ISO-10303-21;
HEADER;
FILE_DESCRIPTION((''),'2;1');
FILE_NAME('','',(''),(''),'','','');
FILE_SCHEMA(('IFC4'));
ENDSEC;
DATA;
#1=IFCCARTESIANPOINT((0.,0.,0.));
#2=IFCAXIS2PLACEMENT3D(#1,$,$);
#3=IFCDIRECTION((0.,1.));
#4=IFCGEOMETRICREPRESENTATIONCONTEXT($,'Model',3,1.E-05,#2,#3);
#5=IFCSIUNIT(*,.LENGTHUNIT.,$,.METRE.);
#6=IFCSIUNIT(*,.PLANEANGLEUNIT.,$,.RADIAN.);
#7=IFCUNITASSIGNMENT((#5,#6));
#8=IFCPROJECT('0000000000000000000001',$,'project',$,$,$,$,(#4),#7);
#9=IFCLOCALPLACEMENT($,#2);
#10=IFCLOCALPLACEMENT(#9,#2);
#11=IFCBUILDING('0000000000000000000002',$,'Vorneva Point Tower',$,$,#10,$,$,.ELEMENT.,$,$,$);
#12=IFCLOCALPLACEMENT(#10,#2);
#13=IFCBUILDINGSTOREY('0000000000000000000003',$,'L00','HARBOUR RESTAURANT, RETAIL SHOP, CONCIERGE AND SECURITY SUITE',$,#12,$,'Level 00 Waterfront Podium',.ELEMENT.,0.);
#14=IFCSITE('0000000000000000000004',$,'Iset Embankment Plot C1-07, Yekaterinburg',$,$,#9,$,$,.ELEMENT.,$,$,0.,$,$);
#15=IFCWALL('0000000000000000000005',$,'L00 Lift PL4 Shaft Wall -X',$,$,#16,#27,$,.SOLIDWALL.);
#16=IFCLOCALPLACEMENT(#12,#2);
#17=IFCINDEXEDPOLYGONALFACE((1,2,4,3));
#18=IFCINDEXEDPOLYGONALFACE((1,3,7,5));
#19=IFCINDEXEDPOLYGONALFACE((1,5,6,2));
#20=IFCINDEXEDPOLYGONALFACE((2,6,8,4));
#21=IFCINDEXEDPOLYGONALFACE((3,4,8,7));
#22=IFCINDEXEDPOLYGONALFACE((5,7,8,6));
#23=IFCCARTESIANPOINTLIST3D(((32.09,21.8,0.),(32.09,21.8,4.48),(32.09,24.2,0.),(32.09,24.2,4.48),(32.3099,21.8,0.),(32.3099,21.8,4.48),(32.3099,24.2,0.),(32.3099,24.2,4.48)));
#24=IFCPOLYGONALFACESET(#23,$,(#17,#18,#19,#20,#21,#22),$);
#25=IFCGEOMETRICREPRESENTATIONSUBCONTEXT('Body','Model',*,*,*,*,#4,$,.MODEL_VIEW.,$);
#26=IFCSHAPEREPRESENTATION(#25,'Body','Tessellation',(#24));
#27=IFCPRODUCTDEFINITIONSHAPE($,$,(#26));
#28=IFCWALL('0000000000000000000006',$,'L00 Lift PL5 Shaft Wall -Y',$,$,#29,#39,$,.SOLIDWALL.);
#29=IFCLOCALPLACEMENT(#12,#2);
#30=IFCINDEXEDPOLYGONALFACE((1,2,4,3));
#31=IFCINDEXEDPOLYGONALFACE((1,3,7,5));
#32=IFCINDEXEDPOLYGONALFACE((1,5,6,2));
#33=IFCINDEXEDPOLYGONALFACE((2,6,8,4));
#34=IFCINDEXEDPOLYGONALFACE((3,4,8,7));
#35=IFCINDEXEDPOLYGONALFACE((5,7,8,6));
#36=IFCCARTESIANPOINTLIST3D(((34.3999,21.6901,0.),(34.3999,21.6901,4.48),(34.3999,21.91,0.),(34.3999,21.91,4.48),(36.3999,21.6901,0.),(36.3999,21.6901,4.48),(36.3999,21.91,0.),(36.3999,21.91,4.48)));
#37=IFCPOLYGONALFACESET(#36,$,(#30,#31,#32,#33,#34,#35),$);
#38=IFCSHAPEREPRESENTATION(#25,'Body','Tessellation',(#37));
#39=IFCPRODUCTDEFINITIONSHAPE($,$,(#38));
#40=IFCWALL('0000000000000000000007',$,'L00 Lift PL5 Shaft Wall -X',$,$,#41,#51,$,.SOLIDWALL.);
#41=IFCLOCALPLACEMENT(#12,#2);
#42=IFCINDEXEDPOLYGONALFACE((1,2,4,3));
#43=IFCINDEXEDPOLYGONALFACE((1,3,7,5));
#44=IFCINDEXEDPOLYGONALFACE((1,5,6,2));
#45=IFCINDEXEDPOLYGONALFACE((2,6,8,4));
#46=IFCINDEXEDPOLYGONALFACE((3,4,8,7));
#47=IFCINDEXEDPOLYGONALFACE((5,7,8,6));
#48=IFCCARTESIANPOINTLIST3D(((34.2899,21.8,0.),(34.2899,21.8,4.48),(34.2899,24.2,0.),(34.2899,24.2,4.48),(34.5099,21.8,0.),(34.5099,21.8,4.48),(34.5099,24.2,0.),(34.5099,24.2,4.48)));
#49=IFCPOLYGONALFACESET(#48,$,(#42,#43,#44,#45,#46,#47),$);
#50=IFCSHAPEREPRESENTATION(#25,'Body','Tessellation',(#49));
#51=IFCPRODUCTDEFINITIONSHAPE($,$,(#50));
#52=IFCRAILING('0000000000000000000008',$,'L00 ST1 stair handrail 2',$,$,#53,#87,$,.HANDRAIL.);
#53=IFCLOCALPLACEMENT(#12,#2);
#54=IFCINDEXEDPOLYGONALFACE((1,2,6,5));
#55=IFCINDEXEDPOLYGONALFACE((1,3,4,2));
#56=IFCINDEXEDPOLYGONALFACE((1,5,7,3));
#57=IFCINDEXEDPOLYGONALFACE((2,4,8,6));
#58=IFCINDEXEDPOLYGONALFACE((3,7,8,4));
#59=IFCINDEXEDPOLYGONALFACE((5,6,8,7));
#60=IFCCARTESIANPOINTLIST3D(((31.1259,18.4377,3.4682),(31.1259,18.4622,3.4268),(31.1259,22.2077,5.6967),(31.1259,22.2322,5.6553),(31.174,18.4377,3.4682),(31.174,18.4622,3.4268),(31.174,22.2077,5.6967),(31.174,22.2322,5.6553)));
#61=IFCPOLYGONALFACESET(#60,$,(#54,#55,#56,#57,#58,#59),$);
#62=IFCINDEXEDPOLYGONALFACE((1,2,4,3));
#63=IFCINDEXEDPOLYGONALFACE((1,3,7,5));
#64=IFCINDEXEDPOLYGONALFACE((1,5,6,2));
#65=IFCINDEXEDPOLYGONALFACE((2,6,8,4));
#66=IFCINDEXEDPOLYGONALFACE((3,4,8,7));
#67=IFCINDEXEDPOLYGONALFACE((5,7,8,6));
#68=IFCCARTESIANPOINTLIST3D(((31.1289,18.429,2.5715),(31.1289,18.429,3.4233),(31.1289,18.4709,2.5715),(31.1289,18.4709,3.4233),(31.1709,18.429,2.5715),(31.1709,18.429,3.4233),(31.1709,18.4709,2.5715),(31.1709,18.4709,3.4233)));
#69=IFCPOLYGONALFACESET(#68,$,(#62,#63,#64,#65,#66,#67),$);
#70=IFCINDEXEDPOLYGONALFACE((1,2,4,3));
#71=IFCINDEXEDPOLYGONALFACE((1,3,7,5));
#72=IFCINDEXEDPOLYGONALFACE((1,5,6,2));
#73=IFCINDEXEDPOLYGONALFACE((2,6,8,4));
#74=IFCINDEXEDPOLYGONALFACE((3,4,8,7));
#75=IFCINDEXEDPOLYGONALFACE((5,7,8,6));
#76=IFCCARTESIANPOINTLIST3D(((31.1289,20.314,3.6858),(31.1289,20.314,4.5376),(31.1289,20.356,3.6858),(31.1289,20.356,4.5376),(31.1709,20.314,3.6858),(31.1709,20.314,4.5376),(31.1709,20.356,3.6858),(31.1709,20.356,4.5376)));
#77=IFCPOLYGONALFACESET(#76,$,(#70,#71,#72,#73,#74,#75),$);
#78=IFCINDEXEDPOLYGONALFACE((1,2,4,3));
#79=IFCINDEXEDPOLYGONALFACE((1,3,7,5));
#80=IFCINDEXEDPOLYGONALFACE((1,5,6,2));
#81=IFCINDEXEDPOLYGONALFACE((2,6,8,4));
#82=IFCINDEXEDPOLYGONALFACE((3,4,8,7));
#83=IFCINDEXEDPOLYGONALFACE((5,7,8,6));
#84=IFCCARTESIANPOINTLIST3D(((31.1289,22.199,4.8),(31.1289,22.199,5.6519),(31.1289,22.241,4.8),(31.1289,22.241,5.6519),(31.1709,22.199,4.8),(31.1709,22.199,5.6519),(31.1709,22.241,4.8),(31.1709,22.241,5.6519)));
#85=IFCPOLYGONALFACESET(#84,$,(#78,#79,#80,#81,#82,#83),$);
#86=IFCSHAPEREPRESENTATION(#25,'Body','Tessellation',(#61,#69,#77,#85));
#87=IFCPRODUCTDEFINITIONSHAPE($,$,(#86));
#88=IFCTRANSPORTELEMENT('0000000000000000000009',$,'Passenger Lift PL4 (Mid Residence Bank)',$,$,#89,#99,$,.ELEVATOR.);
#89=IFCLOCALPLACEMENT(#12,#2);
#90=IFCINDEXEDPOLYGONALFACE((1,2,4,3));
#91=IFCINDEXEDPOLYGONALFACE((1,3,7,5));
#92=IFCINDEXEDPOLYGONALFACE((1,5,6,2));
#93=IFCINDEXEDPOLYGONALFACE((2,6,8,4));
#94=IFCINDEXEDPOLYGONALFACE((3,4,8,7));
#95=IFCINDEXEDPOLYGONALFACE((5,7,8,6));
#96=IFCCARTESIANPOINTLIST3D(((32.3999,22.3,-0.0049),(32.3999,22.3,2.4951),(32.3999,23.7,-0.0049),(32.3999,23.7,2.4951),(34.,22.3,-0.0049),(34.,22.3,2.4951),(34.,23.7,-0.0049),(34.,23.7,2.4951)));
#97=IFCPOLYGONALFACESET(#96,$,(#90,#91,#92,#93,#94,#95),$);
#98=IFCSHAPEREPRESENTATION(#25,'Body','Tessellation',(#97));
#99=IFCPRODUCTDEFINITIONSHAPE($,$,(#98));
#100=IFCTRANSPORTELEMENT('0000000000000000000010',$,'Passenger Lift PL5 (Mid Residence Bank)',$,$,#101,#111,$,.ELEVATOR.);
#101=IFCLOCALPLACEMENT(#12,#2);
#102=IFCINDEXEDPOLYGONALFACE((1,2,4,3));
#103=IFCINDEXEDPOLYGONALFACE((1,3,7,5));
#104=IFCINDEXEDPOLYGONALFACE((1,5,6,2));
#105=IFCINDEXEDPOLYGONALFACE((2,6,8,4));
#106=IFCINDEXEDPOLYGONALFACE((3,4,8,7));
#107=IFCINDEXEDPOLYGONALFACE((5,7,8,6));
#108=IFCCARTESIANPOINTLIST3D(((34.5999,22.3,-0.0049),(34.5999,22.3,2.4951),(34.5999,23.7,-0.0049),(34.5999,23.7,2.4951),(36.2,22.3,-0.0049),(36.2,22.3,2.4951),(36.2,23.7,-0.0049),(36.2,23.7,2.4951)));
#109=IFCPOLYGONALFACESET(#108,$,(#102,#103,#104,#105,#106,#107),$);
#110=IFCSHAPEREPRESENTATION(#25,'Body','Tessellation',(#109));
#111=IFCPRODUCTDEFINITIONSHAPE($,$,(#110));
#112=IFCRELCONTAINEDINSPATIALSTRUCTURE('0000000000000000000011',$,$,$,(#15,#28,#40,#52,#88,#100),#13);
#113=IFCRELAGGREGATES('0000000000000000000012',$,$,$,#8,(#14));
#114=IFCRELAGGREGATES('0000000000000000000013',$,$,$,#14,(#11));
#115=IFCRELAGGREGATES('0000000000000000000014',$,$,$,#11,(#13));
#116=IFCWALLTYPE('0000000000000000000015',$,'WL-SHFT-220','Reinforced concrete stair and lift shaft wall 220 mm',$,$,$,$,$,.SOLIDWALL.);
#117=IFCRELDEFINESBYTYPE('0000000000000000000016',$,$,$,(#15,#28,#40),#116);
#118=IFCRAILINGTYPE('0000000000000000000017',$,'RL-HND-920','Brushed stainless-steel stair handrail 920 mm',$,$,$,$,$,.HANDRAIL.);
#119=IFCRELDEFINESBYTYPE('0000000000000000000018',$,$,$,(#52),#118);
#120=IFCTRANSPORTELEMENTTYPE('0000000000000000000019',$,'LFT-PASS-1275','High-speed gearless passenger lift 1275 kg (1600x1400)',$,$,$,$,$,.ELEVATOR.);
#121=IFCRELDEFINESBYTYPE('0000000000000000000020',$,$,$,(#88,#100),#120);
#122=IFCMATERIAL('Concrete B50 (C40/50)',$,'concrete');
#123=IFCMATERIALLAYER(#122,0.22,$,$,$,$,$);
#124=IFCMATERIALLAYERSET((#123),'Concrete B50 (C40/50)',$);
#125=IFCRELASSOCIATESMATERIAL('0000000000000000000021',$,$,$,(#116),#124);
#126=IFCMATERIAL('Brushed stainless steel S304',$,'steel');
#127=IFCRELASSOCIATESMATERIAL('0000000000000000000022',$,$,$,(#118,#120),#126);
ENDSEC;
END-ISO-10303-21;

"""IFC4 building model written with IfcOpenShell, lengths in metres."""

from ifc_helpers import new_model, si_unit, direction, frame, frame_2d, origin, origin_2d, place, context, subcontext, project, spatial, rectangle, extrude, material, layer, layer_set, type_object, element, save


model = new_model("IFC4")

# Units and contexts
model_context = context("Model", 3, precision=1e-05, world=origin(), true_north=direction((0.0, 1.0)))
body_context = subcontext(model_context, "Body", "Model", "MODEL_VIEW")
ifc_project = project(units=[si_unit("LENGTHUNIT", "METRE"), si_unit("PLANEANGLEUNIT", "RADIAN")], contexts=[model_context])

# Site, building, storey
site_placement = place(None, origin())
site = spatial("IfcSite", under=ifc_project, at=site_placement, Name="Iset Embankment Plot C1-07, Yekaterinburg", CompositionType="ELEMENT", RefElevation=0.0)
building_placement = place(site_placement, origin())
building = spatial("IfcBuilding", under=site, at=building_placement, Name="Vorneva Point Tower", CompositionType="ELEMENT")
storey_placement = place(building_placement, origin())
storey = spatial("IfcBuildingStorey", under=building, at=storey_placement, Name="L00", Description="HARBOUR RESTAURANT, RETAIL SHOP, CONCIERGE AND SECURITY SUITE", LongName="Level 00 Waterfront Podium", CompositionType="ELEMENT", Elevation=0.0)

# Shared definitions
ifc_material_1 = material(Name="Concrete B50 (C40/50)", Category="concrete")
ifc_layer_1 = layer(ifc_material_1, 0.22)
ifc_layer_set_1 = layer_set([ifc_layer_1], Name="Concrete B50 (C40/50)")
wall_type_1 = type_object("IfcWallType", Name="WL-SHFT-220", Description="Reinforced concrete stair and lift shaft wall 220 mm", PredefinedType="SOLIDWALL", material=ifc_layer_set_1)

# Shared definitions
ifc_material_2 = material(Name="Brushed stainless steel S304", Category="steel")

# Walls
wall_1_placement = place(storey_placement, frame((32.2, 24.2, 0.0), z_axis=(0.0, 0.0, 1.0), x_axis=(0.0, -1.0, 0.0)))
element("IfcWall", 1, at=wall_1_placement, inside=storey, type_object=wall_type_1, Name="L00 Lift PL4 Shaft Wall -X", PredefinedType="SOLIDWALL", context=body_context, shape_type="SweptSolid", body=[
    extrude(rectangle(XDim=2.3999, YDim=0.22, at=frame_2d((1.2, 0.0))), origin(), (0.0, 0.0, 1.0), 4.48),
])
wall_2_placement = place(storey_placement, frame((34.3999, 21.8, 0.0), z_axis=(0.0, 0.0, 1.0), x_axis=(1.0, 0.0, 0.0)))
element("IfcWall", 2, at=wall_2_placement, inside=storey, type_object=wall_type_1, Name="L00 Lift PL5 Shaft Wall -Y", PredefinedType="SOLIDWALL", context=body_context, shape_type="SweptSolid", body=[
    extrude(rectangle(XDim=2.0, YDim=0.22, at=frame_2d((1.0, 0.0))), origin(), (0.0, 0.0, 1.0), 4.48),
])
wall_3_placement = place(storey_placement, frame((34.3999, 24.2, 0.0), z_axis=(0.0, 0.0, 1.0), x_axis=(0.0, -1.0, 0.0)))
element("IfcWall", 3, at=wall_3_placement, inside=storey, type_object=wall_type_1, Name="L00 Lift PL5 Shaft Wall -X", PredefinedType="SOLIDWALL", context=body_context, shape_type="SweptSolid", body=[
    extrude(rectangle(XDim=2.3999, YDim=0.22, at=frame_2d((1.2, 0.0))), origin(), (0.0, 0.0, 1.0), 4.48),
])

# Railing
railing_type = type_object("IfcRailingType", Name="RL-HND-920", Description="Brushed stainless-steel stair handrail 920 mm", PredefinedType="HANDRAIL", material=ifc_material_2)
railing_placement = place(storey_placement, frame((31.1499, 18.45, 2.5715)))
element("IfcRailing", 4, at=railing_placement, inside=storey, type_object=railing_type, Name="L00 ST1 stair handrail 2", PredefinedType="HANDRAIL", context=body_context, shape_type="SweptSolid", body=[
    extrude(rectangle(XDim=0.0481, YDim=0.0481, at=origin_2d()), frame((0.0, 0.0, 0.876), z_axis=(0.0, 0.860849, 0.508861), x_axis=(-1.0, 0.0, 0.0)), (0.0, 0.0, 1.0), 4.3794),
    extrude(rectangle(XDim=0.042, YDim=0.042, at=origin_2d()), origin(), (0.0, 0.0, 1.0), 0.8518),
    extrude(rectangle(XDim=0.042, YDim=0.042, at=origin_2d()), frame((0.0, 1.885, 1.1143)), (0.0, 0.0, 1.0), 0.8518),
    extrude(rectangle(XDim=0.042, YDim=0.042, at=origin_2d()), frame((0.0, 3.77, 2.2285)), (0.0, 0.0, 1.0), 0.8518),
])

# Transport elements
transport_element_type = type_object("IfcTransportElementType", Name="LFT-PASS-1275", Description="High-speed gearless passenger lift 1275 kg (1600x1400)", PredefinedType="ELEVATOR", material=ifc_material_2)
for number, where, z_axis, x_axis, name in (
    (5, (33.2, 23.0, -0.0049), (0.0, 0.0, 1.0), (1.0, 0.0, 0.0), "Passenger Lift PL4 (Mid Residence Bank)"),
    (6, (35.3999, 23.0, -0.0049), (0.0, 0.0, 1.0), (1.0, 0.0, 0.0), "Passenger Lift PL5 (Mid Residence Bank)"),
):
    element("IfcTransportElement", number, at=place(storey_placement, frame(where, z_axis=z_axis, x_axis=x_axis)), inside=storey, type_object=transport_element_type, Name=name, PredefinedType="ELEVATOR", context=body_context, shape_type="SweptSolid", body=[
        extrude(rectangle(XDim=1.6001, YDim=1.3999, at=origin_2d()), origin(), (0.0, 0.0, 1.0), 2.5),
    ])

save(model, "model.ifc")
